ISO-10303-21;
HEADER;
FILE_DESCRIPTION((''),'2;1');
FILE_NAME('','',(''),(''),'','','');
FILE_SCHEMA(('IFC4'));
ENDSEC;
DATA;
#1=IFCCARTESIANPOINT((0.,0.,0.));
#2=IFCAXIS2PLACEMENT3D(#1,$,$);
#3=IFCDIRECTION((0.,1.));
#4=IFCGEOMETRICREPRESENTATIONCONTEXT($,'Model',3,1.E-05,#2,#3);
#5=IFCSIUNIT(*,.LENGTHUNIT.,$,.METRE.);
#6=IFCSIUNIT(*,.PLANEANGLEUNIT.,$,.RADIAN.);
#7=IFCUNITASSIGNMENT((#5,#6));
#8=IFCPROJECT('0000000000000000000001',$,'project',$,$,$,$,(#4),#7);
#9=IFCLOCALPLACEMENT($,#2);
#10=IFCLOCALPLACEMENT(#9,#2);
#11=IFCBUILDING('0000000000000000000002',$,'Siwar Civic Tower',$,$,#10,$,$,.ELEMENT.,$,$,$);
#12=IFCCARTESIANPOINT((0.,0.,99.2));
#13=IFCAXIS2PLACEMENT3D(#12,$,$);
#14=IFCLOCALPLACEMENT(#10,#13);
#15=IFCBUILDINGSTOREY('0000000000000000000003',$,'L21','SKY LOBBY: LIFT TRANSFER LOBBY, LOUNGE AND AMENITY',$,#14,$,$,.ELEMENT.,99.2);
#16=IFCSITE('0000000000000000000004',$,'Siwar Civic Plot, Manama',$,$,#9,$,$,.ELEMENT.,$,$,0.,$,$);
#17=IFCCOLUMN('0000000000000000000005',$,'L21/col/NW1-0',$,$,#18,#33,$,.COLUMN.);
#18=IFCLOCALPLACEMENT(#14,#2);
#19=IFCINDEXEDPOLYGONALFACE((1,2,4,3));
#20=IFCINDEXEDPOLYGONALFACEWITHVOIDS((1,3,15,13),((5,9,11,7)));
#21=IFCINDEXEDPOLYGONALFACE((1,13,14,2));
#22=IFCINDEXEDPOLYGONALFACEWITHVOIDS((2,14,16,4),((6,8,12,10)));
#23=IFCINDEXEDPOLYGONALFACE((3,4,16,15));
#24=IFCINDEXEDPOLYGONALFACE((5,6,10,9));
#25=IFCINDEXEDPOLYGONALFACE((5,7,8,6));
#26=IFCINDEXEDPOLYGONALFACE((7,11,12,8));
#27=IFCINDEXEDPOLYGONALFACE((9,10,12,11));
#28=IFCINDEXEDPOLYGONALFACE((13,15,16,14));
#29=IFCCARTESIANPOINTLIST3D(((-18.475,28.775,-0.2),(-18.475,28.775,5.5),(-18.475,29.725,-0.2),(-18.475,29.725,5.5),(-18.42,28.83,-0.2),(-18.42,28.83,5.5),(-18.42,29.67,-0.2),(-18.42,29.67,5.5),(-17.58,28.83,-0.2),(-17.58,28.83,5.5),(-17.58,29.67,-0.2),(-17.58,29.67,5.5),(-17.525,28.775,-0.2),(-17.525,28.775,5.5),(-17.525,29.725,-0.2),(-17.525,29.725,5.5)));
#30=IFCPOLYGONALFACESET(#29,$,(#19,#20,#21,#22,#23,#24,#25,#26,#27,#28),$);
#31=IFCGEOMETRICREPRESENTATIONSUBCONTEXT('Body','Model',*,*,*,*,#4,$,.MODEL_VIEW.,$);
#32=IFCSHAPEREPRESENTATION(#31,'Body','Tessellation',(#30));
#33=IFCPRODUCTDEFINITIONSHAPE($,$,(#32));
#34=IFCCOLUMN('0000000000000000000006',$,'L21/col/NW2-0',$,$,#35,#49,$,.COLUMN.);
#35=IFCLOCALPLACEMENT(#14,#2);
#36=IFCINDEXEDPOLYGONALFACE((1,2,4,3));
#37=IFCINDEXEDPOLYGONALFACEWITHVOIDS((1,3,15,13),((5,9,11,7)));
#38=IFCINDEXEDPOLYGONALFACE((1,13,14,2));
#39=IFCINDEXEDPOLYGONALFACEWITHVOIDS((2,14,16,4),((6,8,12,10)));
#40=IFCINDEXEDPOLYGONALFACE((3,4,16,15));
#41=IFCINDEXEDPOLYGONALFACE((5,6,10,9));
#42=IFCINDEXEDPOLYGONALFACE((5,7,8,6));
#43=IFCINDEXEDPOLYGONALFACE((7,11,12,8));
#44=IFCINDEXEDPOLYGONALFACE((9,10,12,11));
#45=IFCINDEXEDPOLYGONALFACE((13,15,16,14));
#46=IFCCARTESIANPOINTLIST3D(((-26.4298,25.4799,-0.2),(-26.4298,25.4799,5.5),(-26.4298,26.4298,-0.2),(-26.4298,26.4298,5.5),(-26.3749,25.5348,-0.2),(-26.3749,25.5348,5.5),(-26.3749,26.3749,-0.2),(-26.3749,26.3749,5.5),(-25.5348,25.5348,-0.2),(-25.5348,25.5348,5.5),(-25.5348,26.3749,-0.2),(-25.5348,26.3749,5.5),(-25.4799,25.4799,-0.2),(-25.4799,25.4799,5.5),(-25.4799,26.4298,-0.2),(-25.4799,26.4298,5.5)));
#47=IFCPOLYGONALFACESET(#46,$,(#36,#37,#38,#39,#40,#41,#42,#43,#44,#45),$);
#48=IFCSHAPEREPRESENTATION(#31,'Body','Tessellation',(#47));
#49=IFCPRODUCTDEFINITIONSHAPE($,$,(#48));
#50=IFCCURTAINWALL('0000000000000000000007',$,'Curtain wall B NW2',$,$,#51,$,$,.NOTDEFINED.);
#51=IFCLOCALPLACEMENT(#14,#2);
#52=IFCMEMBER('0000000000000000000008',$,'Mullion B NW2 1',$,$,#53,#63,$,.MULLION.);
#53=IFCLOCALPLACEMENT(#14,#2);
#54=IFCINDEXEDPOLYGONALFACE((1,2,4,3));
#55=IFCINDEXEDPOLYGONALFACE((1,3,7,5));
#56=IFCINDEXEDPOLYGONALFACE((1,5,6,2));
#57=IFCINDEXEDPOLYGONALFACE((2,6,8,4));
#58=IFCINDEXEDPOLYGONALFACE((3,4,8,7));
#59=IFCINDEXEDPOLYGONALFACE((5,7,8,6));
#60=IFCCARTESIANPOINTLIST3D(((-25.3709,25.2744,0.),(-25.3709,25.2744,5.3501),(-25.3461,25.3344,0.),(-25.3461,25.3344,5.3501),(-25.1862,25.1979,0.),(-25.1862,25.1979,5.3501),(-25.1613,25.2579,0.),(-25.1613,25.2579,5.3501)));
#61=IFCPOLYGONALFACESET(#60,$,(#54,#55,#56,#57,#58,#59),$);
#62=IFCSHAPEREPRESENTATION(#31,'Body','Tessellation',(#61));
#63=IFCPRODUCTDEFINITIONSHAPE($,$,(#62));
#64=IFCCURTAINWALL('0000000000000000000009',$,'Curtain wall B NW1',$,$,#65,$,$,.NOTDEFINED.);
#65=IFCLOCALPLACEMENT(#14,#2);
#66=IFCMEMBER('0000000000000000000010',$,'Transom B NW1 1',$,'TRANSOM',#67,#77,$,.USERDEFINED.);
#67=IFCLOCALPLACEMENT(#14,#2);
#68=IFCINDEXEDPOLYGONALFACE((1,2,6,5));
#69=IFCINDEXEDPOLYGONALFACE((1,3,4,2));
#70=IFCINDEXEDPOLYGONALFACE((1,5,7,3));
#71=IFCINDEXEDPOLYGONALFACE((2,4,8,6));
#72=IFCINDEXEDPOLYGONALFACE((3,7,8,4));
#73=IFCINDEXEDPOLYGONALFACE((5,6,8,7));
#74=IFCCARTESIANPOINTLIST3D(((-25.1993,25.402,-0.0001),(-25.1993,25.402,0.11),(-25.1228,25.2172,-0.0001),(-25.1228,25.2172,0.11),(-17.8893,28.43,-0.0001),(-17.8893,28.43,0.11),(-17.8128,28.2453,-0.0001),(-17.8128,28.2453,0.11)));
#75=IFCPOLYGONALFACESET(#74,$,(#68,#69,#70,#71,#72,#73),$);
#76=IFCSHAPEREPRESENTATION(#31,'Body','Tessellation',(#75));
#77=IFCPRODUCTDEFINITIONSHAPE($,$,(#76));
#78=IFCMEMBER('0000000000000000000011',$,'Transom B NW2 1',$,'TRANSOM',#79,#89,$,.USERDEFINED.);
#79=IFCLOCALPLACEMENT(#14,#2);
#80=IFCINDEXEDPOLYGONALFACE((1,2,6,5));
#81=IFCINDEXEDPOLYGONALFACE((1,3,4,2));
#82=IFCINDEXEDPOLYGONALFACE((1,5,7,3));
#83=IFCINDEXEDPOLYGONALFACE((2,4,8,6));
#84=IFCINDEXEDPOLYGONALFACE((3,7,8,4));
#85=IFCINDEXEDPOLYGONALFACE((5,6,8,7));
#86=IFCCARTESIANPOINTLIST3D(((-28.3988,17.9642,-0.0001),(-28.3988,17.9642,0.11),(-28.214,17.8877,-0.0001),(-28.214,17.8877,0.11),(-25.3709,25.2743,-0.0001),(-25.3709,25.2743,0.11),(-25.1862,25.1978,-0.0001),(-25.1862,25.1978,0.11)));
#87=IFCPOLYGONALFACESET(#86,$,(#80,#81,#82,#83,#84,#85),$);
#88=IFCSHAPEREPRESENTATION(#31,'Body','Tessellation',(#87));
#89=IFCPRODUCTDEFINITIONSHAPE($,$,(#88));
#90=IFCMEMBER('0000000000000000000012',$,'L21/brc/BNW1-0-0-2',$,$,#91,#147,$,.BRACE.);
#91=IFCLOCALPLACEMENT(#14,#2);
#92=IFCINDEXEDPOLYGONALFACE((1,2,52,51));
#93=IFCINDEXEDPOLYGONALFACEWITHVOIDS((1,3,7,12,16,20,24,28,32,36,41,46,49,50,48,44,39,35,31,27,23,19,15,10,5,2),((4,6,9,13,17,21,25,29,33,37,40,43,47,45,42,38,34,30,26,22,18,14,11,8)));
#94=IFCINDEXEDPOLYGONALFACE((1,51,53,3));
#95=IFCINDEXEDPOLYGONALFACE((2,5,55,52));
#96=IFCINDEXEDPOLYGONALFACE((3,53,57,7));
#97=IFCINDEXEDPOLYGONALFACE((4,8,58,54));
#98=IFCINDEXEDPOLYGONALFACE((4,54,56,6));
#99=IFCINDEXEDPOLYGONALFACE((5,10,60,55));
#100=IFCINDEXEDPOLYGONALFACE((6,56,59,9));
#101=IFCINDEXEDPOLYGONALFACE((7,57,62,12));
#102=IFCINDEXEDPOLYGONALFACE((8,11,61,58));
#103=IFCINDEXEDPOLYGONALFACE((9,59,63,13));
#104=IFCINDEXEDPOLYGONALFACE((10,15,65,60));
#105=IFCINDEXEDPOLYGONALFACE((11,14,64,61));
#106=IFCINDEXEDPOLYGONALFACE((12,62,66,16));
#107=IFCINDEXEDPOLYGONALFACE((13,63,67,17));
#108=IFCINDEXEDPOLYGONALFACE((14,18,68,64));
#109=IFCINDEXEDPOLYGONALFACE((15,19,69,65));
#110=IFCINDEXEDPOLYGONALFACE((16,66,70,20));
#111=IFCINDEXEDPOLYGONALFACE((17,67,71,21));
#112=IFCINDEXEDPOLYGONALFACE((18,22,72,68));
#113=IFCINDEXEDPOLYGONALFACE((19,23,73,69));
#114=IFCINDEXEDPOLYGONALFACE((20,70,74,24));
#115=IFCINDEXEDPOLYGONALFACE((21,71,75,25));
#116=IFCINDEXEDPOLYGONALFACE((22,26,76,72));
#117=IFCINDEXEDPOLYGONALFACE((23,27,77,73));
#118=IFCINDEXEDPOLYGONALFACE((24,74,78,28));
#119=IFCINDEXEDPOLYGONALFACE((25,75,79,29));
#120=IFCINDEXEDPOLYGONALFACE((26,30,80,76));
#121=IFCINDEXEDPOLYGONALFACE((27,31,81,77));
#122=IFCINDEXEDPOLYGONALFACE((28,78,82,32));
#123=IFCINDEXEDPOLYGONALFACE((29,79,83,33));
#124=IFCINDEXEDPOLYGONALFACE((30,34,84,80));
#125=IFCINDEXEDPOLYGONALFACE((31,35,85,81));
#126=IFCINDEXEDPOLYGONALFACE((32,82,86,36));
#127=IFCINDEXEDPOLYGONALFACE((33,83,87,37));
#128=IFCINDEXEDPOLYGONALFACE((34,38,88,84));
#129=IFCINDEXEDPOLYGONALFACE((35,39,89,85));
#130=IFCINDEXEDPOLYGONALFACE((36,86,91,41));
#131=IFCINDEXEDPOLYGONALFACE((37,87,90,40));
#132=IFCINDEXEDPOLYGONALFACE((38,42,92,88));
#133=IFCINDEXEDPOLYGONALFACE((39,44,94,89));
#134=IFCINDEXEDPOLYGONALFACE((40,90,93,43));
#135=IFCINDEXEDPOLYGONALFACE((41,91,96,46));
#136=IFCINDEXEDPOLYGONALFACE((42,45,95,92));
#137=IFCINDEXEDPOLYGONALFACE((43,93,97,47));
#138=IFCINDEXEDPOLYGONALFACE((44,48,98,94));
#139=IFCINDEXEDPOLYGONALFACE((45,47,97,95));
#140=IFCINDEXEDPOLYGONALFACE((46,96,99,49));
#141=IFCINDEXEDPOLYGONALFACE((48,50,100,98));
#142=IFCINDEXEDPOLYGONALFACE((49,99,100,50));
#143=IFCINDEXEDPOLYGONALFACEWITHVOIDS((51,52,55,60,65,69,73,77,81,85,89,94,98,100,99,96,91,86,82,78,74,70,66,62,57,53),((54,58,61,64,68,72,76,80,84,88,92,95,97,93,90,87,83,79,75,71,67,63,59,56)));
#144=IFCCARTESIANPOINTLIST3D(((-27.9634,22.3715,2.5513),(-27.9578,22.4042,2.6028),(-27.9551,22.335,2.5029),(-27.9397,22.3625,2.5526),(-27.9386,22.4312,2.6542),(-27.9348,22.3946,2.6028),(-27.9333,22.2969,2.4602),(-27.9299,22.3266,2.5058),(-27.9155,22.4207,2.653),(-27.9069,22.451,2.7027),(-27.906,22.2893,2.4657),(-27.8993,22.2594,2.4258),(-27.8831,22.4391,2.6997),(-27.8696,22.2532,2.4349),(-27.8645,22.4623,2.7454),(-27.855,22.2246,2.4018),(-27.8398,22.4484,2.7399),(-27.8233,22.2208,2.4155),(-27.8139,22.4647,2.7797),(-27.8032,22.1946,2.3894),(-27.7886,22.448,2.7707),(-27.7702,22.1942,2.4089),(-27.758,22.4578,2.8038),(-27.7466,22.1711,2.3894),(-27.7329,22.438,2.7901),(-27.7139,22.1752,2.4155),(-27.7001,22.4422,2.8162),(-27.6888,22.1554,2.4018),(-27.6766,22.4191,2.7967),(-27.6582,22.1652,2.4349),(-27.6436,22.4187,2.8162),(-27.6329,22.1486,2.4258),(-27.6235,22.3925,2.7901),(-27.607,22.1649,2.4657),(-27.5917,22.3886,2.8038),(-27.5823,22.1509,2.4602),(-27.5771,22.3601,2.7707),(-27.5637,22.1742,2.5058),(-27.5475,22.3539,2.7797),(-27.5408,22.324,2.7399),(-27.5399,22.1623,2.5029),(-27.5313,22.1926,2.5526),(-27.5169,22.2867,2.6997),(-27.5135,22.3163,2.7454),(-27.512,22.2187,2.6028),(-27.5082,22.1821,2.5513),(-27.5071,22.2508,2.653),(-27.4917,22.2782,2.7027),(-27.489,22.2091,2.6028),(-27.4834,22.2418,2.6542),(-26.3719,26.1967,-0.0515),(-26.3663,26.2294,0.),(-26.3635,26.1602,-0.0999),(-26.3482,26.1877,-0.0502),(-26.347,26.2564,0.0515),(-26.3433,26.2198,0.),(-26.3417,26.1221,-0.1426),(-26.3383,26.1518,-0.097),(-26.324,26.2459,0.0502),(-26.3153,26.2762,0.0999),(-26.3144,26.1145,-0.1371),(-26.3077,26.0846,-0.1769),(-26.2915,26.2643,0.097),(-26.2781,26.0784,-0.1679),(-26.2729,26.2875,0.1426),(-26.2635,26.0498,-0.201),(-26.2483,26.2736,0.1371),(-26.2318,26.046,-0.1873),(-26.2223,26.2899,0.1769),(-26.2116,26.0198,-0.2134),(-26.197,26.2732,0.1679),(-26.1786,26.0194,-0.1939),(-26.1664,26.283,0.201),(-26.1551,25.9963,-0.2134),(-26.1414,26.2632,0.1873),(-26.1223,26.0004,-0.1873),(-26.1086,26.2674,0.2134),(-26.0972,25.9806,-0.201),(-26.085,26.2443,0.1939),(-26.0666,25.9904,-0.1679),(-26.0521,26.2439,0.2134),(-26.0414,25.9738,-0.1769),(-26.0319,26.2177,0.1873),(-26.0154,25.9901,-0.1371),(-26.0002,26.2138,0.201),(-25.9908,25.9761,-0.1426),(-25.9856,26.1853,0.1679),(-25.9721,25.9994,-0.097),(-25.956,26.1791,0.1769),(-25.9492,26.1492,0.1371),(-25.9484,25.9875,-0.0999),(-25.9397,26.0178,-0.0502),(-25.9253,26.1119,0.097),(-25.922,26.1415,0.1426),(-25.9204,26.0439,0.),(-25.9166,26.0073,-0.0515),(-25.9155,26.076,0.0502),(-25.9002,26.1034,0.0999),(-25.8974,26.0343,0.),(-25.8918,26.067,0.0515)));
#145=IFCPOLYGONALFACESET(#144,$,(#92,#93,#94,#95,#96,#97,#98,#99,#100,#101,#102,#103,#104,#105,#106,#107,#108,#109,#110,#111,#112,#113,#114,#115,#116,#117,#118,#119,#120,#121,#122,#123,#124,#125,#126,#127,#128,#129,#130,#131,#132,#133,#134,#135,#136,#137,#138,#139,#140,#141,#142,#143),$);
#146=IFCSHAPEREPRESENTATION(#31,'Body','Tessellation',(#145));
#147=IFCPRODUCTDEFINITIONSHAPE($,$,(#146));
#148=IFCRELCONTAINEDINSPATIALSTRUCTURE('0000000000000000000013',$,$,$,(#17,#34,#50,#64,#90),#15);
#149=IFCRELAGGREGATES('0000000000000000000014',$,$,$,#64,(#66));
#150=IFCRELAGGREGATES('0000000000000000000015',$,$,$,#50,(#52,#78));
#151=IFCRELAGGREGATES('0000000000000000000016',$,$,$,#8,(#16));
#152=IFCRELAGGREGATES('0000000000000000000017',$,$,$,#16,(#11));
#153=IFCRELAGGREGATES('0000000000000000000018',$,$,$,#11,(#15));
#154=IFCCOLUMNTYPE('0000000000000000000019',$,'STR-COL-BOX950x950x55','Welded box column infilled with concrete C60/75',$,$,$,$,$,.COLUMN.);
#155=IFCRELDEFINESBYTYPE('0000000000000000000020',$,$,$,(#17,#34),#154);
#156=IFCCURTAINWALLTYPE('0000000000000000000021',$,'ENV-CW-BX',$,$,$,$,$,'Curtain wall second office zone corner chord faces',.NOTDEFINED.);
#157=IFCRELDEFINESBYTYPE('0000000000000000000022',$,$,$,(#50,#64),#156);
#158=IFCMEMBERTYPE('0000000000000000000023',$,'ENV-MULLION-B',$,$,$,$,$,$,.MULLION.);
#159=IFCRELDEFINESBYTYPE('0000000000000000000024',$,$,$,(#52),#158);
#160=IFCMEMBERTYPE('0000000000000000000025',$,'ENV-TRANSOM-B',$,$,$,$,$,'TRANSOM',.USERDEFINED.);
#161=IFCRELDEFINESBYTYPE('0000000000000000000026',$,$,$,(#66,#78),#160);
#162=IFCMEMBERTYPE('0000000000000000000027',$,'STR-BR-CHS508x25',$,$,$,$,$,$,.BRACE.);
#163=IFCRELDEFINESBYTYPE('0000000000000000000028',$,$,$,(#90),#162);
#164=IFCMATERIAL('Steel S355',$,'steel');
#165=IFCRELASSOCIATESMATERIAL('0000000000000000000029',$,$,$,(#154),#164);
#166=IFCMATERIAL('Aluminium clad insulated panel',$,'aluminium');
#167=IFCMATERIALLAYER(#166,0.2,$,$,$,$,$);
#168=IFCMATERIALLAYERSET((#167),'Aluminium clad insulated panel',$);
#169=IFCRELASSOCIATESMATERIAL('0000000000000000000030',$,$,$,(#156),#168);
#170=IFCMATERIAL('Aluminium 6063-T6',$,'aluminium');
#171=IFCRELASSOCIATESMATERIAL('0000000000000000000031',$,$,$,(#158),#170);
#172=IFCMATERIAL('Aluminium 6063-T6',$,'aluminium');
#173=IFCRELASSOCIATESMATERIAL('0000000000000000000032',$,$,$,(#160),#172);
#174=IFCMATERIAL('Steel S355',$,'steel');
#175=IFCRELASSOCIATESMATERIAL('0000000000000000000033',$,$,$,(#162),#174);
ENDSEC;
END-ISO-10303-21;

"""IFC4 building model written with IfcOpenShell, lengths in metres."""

from ifc_helpers import new_model, si_unit, direction, frame, origin, origin_2d, place, context, subcontext, project, spatial, rectangle, hollow_rectangle, hollow_circle, extrude, material, layer, layer_set, material_profile, profile_set, type_object, element, aggregate, save


model = new_model("IFC4")

# Units and contexts
model_context = context("Model", 3, precision=1e-05, world=origin(), true_north=direction((0.0, 1.0)))
body_context = subcontext(model_context, "Body", "Model", "MODEL_VIEW")
ifc_project = project(units=[si_unit("LENGTHUNIT", "METRE"), si_unit("PLANEANGLEUNIT", "RADIAN")], contexts=[model_context])

# Site, building, storey
site_placement = place(None, origin())
site = spatial("IfcSite", under=ifc_project, at=site_placement, Name="Siwar Civic Plot, Manama", CompositionType="ELEMENT", RefElevation=0.0)
building_placement = place(site_placement, origin())
building = spatial("IfcBuilding", under=site, at=building_placement, Name="Siwar Civic Tower", CompositionType="ELEMENT")
storey_placement = place(building_placement, frame((0.0, 0.0, 99.2)))
storey = spatial("IfcBuildingStorey", under=building, at=storey_placement, Name="L21", Description="SKY LOBBY: LIFT TRANSFER LOBBY, LOUNGE AND AMENITY", CompositionType="ELEMENT", Elevation=99.2)

# Columns
ifc_material_1 = material(Name="Steel S355", Category="steel")
ifc_material_profile_1 = material_profile(ifc_material_1, hollow_rectangle(XDim=0.95, YDim=0.95, WallThickness=0.0549, at=origin_2d()), Name="BOX950x950x55")
ifc_profile_set_1 = profile_set([ifc_material_profile_1], Name="Steel S355")
column_type = type_object("IfcColumnType", Name="STR-COL-BOX950x950x55", Description="Welded box column infilled with concrete C60/75", PredefinedType="COLUMN", material=ifc_profile_set_1)
for number, where, z_axis, x_axis, name in (
    (1, (-18.0, 29.25, -0.2), (0.0, 0.0, 1.0), (1.0, 0.0, 0.0), "L21/col/NW1-0"),
    (2, (-25.9548, 25.9548, -0.2), (0.0, 0.0, 1.0), (1.0, 0.0, 0.0), "L21/col/NW2-0"),
):
    element("IfcColumn", number, at=place(storey_placement, frame(where, z_axis=z_axis, x_axis=x_axis)), inside=storey, type_object=column_type, Name=name, PredefinedType="COLUMN", context=body_context, shape_type="SweptSolid", body=[
        extrude(hollow_rectangle(XDim=0.95, YDim=0.95, WallThickness=0.0549, at=origin_2d()), origin(), (0.0, 0.0, 1.0), 5.7),
    ])

# Curtain walls, members
ifc_material_2 = material(Name="Aluminium clad insulated panel", Category="aluminium")
ifc_layer_1 = layer(ifc_material_2, 0.2)
ifc_layer_set_1 = layer_set([ifc_layer_1], Name="Aluminium clad insulated panel")
curtain_wall_type = type_object("IfcCurtainWallType", Name="ENV-CW-BX", ElementType="Curtain wall second office zone corner chord faces", PredefinedType="NOTDEFINED", material=ifc_layer_set_1)
curtain_wall_1_placement = place(storey_placement, origin())
curtain_wall_1 = element("IfcCurtainWall", 3, at=curtain_wall_1_placement, inside=storey, type_object=curtain_wall_type, Name="Curtain wall B NW2", PredefinedType="NOTDEFINED")
ifc_material_3 = material(Name="Aluminium 6063-T6", Category="aluminium")
ifc_material_profile_2 = material_profile(ifc_material_3, rectangle(XDim=0.2, YDim=0.0649, at=origin_2d()), Name="AL 200x65")
ifc_profile_set_2 = profile_set([ifc_material_profile_2], Name="Aluminium 6063-T6")
member_type_1 = type_object("IfcMemberType", Name="ENV-MULLION-B", PredefinedType="MULLION", material=ifc_profile_set_2)
member_1_placement = place(storey_placement, frame((-25.2661, 25.2661, 0.0), z_axis=(0.0, 0.0, 1.0), x_axis=(0.92388, -0.382683, 0.0)))
member_1 = element("IfcMember", 4, at=member_1_placement, type_object=member_type_1, Name="Mullion B NW2 1", PredefinedType="MULLION", context=body_context, shape_type="SweptSolid", body=[
    extrude(rectangle(XDim=0.2, YDim=0.0649, at=origin_2d()), origin(), (0.0, 0.0, 1.0), 5.3501),
])
curtain_wall_2_placement = place(storey_placement, origin())
curtain_wall_2 = element("IfcCurtainWall", 5, at=curtain_wall_2_placement, inside=storey, type_object=curtain_wall_type, Name="Curtain wall B NW1", PredefinedType="NOTDEFINED")
ifc_material_4 = material(Name="Aluminium 6063-T6", Category="aluminium")
ifc_material_profile_3 = material_profile(ifc_material_4, rectangle(XDim=0.2, YDim=0.1101, at=origin_2d()), Name="AL 200x110")
ifc_profile_set_3 = profile_set([ifc_material_profile_3], Name="Aluminium 6063-T6")
member_type_2 = type_object("IfcMemberType", Name="ENV-TRANSOM-B", ElementType="TRANSOM", PredefinedType="USERDEFINED", material=ifc_profile_set_3)
member_2_placement = place(storey_placement, frame((-17.8511, 28.3376, 0.0549), z_axis=(-0.923873, -0.3827, 0.0), x_axis=(0.3827, -0.923873, 0.0)))
member_2 = element("IfcMember", 6, at=member_2_placement, type_object=member_type_2, Name="Transom B NW1 1", ObjectType="TRANSOM", PredefinedType="USERDEFINED", context=body_context, shape_type="SweptSolid", body=[
    extrude(rectangle(XDim=0.2, YDim=0.1101, at=origin_2d()), origin(), (0.0, 0.0, 1.0), 7.9124),
])

# Member
member_3_placement = place(storey_placement, frame((-25.2786, 25.2361, 0.0549), z_axis=(-0.382673, -0.923884, 0.0), x_axis=(0.923884, -0.382673, 0.0)))
member_3 = element("IfcMember", 7, at=member_3_placement, type_object=member_type_2, Name="Transom B NW2 1", ObjectType="TRANSOM", PredefinedType="USERDEFINED", context=body_context, shape_type="SweptSolid", body=[
    extrude(rectangle(XDim=0.2, YDim=0.1101, at=origin_2d()), origin(), (0.0, 0.0, 1.0), 7.9124),
])

# Member
ifc_material_5 = material(Name="Steel S355", Category="steel")
ifc_material_profile_4 = material_profile(ifc_material_5, hollow_circle(Radius=0.2539, WallThickness=0.0249, at=origin_2d()), Name="CHS508x25")
ifc_profile_set_4 = profile_set([ifc_material_profile_4], Name="Steel S355")
member_type_3 = type_object("IfcMemberType", Name="STR-BR-CHS508x25", PredefinedType="BRACE", material=ifc_profile_set_4)
member_4_placement = place(storey_placement, frame((-26.1318, 26.1318, 0.0), z_axis=(-0.325284, -0.781798, 0.53196), x_axis=(0.923272, -0.384147, 0.0)))
element("IfcMember", 8, at=member_4_placement, inside=storey, type_object=member_type_3, Name="L21/brc/BNW1-0-0-2", PredefinedType="BRACE", context=body_context, shape_type="SweptSolid", body=[
    extrude(hollow_circle(Radius=0.2539, WallThickness=0.0249, at=origin_2d()), origin(), (0.0, 0.0, 1.0), 4.8928),
])

aggregate(curtain_wall_2, [member_2])
aggregate(curtain_wall_1, [member_1, member_3])

save(model, "model.ifc")
